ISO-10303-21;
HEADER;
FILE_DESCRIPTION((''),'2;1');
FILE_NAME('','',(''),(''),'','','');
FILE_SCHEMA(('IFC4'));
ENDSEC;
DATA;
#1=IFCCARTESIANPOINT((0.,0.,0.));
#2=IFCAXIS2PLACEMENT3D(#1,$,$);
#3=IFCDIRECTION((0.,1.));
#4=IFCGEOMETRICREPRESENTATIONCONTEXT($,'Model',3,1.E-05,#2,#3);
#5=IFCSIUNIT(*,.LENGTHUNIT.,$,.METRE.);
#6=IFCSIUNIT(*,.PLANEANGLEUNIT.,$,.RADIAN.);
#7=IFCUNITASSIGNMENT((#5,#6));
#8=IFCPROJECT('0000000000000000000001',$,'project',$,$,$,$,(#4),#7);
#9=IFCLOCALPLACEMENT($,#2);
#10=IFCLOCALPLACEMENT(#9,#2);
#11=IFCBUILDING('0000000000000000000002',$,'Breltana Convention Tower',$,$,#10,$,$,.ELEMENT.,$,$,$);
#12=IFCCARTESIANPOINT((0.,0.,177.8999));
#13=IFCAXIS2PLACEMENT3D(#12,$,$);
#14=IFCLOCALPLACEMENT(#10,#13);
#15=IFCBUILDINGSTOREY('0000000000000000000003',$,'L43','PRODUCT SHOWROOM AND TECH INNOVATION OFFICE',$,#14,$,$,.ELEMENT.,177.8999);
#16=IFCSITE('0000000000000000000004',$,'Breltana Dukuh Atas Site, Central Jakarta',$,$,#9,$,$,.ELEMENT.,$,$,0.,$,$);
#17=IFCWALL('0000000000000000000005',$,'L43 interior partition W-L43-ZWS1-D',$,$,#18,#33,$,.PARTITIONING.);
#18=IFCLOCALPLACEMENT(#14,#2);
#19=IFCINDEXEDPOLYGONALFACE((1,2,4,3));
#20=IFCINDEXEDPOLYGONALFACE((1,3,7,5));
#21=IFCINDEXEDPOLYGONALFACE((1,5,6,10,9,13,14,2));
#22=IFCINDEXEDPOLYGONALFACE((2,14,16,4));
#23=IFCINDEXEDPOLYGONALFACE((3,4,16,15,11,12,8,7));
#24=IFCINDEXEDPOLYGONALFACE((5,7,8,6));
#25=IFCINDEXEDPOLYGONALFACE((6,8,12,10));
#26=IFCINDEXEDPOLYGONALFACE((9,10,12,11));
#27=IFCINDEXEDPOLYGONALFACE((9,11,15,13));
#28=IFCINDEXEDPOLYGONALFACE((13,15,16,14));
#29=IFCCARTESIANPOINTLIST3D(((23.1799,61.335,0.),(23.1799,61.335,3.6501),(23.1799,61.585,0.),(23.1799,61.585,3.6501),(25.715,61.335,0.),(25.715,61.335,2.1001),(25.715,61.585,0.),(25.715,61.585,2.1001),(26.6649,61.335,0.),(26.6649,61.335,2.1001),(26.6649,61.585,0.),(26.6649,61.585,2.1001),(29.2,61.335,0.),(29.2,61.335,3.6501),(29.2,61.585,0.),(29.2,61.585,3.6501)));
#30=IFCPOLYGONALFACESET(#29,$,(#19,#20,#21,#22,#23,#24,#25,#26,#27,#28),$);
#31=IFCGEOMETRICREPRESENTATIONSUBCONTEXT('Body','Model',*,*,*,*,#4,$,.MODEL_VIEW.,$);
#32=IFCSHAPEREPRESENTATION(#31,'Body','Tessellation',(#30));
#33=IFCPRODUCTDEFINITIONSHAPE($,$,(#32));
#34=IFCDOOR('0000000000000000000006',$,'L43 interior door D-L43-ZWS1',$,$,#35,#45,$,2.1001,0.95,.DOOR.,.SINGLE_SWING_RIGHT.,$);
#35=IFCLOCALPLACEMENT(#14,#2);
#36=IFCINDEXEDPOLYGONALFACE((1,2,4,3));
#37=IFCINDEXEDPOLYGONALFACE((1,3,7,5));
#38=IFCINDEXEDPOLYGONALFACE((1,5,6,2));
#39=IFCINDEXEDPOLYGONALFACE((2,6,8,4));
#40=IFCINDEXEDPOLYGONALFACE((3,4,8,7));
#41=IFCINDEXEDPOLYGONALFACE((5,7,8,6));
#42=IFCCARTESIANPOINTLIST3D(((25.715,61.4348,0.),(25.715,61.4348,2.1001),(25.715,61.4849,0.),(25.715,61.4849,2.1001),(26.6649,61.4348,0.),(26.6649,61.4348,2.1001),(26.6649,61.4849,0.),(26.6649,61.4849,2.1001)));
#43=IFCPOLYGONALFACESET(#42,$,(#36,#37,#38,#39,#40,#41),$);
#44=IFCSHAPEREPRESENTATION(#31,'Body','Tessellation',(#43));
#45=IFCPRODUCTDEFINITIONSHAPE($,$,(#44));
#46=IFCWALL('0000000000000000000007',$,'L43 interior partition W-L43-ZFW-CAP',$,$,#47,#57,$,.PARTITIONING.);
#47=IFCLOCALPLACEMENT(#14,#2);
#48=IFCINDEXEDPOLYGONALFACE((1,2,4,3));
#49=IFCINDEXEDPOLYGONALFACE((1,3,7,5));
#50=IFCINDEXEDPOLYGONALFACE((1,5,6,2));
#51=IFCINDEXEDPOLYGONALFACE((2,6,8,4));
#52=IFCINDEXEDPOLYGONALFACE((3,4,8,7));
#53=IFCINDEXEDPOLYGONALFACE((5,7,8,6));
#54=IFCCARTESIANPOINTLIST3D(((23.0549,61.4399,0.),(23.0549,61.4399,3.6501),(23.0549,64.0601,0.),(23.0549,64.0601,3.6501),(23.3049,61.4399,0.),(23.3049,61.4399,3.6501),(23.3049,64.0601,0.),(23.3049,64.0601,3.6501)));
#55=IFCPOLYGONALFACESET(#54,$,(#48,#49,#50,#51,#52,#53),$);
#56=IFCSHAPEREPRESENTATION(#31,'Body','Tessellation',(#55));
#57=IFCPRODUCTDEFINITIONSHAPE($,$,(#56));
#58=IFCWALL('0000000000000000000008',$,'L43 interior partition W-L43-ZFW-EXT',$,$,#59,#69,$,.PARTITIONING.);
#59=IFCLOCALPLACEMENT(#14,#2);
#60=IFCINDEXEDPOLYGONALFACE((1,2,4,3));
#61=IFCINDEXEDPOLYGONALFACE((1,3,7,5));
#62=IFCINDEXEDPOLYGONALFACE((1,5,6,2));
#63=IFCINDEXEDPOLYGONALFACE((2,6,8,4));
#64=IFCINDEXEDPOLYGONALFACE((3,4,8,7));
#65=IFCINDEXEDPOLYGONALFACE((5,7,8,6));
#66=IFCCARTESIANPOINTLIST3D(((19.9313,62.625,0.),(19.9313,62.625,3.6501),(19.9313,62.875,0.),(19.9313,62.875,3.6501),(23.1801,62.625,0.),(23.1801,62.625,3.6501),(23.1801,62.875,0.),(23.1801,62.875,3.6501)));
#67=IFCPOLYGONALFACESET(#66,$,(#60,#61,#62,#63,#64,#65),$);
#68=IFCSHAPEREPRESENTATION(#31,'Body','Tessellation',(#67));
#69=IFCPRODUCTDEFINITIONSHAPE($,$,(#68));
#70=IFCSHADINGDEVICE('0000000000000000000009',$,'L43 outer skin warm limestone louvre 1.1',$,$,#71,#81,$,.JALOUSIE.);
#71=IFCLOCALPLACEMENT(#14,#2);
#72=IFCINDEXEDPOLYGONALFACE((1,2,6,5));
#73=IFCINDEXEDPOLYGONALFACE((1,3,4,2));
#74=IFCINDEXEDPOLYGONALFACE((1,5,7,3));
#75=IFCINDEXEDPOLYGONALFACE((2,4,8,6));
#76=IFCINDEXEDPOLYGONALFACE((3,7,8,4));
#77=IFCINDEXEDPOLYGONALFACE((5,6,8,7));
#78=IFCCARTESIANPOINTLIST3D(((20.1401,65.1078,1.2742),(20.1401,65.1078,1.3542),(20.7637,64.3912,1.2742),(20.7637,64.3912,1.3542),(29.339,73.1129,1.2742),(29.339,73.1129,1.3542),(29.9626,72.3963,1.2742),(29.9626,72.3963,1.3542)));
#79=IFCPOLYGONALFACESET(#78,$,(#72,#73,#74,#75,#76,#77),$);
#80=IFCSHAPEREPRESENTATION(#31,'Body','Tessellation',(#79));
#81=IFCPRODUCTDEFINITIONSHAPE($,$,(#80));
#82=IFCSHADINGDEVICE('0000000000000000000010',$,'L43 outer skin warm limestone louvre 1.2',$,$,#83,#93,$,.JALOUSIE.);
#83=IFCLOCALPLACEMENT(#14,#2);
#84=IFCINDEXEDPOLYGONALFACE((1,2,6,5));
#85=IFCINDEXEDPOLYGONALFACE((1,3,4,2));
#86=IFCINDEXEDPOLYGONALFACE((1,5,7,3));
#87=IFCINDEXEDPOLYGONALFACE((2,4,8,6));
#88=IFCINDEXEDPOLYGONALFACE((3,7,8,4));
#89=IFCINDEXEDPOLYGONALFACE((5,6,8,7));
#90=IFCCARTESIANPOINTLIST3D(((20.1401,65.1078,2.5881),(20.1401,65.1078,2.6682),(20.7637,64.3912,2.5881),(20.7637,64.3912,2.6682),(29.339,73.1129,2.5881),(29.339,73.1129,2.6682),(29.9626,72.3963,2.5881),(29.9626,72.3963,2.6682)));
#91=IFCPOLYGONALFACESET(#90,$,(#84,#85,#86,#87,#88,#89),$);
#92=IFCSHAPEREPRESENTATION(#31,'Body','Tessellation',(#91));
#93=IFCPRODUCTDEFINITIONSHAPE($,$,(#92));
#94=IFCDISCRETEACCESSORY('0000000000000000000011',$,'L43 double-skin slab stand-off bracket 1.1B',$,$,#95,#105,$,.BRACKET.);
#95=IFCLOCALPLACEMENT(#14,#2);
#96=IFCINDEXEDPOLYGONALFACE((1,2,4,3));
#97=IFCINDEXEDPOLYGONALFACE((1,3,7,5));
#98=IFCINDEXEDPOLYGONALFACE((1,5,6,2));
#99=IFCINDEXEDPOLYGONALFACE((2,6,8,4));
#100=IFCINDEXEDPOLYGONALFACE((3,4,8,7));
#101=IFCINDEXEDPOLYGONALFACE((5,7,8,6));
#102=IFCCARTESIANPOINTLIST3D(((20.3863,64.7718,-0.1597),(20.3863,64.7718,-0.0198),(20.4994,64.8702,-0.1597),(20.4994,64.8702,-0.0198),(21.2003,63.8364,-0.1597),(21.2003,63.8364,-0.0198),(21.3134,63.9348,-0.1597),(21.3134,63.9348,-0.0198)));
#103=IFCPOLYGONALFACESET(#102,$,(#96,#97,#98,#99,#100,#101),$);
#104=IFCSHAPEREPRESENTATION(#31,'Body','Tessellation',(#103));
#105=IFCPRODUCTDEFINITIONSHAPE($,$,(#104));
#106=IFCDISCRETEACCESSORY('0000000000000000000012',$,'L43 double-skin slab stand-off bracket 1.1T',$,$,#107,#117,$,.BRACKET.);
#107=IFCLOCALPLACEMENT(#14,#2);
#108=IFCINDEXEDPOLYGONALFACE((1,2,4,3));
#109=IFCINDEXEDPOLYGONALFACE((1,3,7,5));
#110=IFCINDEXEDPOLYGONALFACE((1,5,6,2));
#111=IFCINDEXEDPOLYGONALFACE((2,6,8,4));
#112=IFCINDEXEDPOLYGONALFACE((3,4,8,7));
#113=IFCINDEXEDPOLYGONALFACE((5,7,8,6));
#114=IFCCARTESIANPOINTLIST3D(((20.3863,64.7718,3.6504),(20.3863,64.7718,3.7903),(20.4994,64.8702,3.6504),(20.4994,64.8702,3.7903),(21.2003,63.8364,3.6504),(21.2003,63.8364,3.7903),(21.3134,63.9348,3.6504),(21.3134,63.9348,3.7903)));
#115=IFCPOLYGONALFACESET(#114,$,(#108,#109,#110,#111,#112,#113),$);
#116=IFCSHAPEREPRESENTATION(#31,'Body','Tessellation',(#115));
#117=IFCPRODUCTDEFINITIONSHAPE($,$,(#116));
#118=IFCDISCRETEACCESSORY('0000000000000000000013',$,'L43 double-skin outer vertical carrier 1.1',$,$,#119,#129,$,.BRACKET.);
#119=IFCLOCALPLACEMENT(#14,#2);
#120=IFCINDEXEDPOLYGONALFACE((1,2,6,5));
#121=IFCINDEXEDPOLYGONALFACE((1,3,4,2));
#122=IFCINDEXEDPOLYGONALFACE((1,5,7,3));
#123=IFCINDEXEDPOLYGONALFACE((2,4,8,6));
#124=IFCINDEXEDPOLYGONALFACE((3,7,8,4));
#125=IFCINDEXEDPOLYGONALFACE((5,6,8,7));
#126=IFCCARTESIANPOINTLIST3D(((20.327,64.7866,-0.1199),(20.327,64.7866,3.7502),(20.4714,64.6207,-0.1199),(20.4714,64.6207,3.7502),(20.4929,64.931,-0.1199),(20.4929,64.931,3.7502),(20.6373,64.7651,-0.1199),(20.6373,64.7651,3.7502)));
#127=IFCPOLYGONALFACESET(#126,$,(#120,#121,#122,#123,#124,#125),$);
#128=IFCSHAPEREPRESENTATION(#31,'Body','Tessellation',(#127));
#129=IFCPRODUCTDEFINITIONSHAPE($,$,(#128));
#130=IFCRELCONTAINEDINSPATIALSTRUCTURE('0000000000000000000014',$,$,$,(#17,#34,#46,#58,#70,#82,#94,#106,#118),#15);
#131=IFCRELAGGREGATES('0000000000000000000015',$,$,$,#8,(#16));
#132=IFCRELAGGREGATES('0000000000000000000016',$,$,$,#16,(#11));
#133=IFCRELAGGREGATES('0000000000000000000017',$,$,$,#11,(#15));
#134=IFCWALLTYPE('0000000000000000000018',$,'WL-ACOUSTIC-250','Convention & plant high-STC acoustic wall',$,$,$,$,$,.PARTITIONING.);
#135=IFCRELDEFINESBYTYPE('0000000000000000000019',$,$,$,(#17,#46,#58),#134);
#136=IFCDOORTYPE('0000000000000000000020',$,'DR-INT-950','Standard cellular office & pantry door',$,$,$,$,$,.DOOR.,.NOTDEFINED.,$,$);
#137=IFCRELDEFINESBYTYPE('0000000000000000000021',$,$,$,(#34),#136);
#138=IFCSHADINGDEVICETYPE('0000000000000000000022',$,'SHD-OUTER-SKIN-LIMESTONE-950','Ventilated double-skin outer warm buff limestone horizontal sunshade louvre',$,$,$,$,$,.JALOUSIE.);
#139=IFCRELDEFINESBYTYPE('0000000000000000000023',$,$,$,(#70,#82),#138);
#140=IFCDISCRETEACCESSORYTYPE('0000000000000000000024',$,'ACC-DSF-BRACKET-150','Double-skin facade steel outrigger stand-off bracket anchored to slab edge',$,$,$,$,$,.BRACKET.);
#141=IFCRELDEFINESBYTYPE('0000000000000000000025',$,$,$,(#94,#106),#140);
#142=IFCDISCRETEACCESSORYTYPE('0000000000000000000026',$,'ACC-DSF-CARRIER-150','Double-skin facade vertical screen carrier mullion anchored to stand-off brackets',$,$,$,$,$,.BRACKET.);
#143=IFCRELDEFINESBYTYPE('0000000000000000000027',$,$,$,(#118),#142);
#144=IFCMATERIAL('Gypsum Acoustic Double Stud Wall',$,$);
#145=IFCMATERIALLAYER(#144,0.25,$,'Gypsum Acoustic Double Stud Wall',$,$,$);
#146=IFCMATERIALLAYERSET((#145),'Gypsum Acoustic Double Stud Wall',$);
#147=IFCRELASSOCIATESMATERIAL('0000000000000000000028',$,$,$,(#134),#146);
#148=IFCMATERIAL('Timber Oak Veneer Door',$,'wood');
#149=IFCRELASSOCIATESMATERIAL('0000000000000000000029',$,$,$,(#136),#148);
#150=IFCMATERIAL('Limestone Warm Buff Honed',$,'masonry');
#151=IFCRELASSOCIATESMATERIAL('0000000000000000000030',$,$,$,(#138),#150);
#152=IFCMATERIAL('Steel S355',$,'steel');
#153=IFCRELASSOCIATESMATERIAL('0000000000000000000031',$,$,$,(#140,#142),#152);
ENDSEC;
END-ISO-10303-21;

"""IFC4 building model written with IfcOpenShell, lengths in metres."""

from ifc_helpers import new_model, si_unit, direction, frame, frame_2d, origin, origin_2d, place, context, subcontext, project, spatial, rectangle, extrude, source, transform, mapped, material, layer, layer_set, material_profile, profile_set, type_object, type_shapes, element, fill, save


model = new_model("IFC4")

# Units and contexts
model_context = context("Model", 3, precision=1e-05, world=origin(), true_north=direction((0.0, 1.0)))
body_context = subcontext(model_context, "Body", "Model", "MODEL_VIEW")
ifc_project = project(units=[si_unit("LENGTHUNIT", "METRE"), si_unit("PLANEANGLEUNIT", "RADIAN")], contexts=[model_context])

# Site, building, storey
site_placement = place(None, origin())
site = spatial("IfcSite", under=ifc_project, at=site_placement, Name="Breltana Dukuh Atas Site, Central Jakarta", CompositionType="ELEMENT", RefElevation=0.0)
building_placement = place(site_placement, origin())
building = spatial("IfcBuilding", under=site, at=building_placement, Name="Breltana Convention Tower", CompositionType="ELEMENT")
storey_placement = place(building_placement, frame((0.0, 0.0, 177.8999)))
storey = spatial("IfcBuildingStorey", under=building, at=storey_placement, Name="L43", Description="PRODUCT SHOWROOM AND TECH INNOVATION OFFICE", CompositionType="ELEMENT", Elevation=177.8999)

# Wall, opening, door
ifc_material_1 = material(Name="Gypsum Acoustic Double Stud Wall")
ifc_layer_1 = layer(ifc_material_1, 0.25, Name="Gypsum Acoustic Double Stud Wall")
ifc_layer_set_1 = layer_set([ifc_layer_1], Name="Gypsum Acoustic Double Stud Wall")
wall_type_1 = type_object("IfcWallType", Name="WL-ACOUSTIC-250", Description="Convention & plant high-STC acoustic wall", PredefinedType="PARTITIONING", material=ifc_layer_set_1)
shared_shape_1 = source(origin(), body_context, "Body", "SweptSolid", [
    extrude(rectangle(XDim=6.02, YDim=0.25, at=frame_2d((3.01, 0.0))), origin(), (0.0, 0.0, 1.0), 3.6501),
])
ifc_material_2 = material(Name="Timber Oak Veneer Door", Category="wood")
door_type = type_object("IfcDoorType", Name="DR-INT-950", Description="Standard cellular office & pantry door", OperationType="NOTDEFINED", PredefinedType="DOOR", material=ifc_material_2)
shared_shape_2 = source(origin(), body_context, "Body", "SweptSolid", [
    extrude(rectangle(XDim=0.95, YDim=2.1001, at=frame_2d((0.4751, 1.05))), frame((0.0, 0.0249, 0.0), z_axis=(0.0, -1.0, 0.0), x_axis=(1.0, 0.0, 0.0)), (0.0, 0.0, 1.0), 0.05),
])
type_shapes(door_type, [shared_shape_2])
wall_1_placement = place(storey_placement, frame((23.1799, 61.46, 0.0), z_axis=(0.0, 0.0, 1.0), x_axis=(1.0, 0.0, 0.0)))
wall_1 = element("IfcWall", 1, at=wall_1_placement, inside=storey, type_object=wall_type_1, Name="L43 interior partition W-L43-ZWS1-D", PredefinedType="PARTITIONING", context=body_context, shape_type="MappedRepresentation", body=[
    mapped(shared_shape_1, transform((0.0, 0.0, 0.0), scale=1.0)),
])
opening_1_placement = place(wall_1_placement, frame((2.5349, 0.0, 0.0)))
opening_1 = element("IfcOpeningElement", 2, at=opening_1_placement, cuts=wall_1, PredefinedType="OPENING", context=body_context, shape_type="SweptSolid", body=[
    extrude(rectangle(XDim=0.95, YDim=2.1001, at=frame_2d((0.4751, 1.05))), frame((0.0, 0.135, 0.0), z_axis=(0.0, -1.0, 0.0), x_axis=(1.0, 0.0, 0.0)), (0.0, 0.0, 1.0), 0.27),
])
door_1_placement = place(opening_1_placement, origin())
door_1 = element("IfcDoor", 3, at=door_1_placement, inside=storey, type_object=door_type, Name="L43 interior door D-L43-ZWS1", OperationType="SINGLE_SWING_RIGHT", OverallHeight=2.1001, OverallWidth=0.95, PredefinedType="DOOR", context=body_context, shape_type="MappedRepresentation", body=[
    mapped(shared_shape_2, transform((0.0, 0.0, 0.0), scale=1.0)),
])
fill(opening_1, door_1)

# Walls
shared_shape_3 = source(origin(), body_context, "Body", "SweptSolid", [
    extrude(rectangle(XDim=2.6201, YDim=0.25, at=frame_2d((1.3101, 0.0))), origin(), (0.0, 0.0, 1.0), 3.6501),
])
wall_2_placement = place(storey_placement, frame((23.1799, 61.4399, 0.0), z_axis=(0.0, 0.0, 1.0), x_axis=(0.0, 1.0, 0.0)))
element("IfcWall", 4, at=wall_2_placement, inside=storey, type_object=wall_type_1, Name="L43 interior partition W-L43-ZFW-CAP", PredefinedType="PARTITIONING", context=body_context, shape_type="MappedRepresentation", body=[
    mapped(shared_shape_3, transform((0.0, 0.0, 0.0), scale=1.0)),
])
shared_shape_4 = source(origin(), body_context, "Body", "SweptSolid", [
    extrude(rectangle(XDim=3.2488, YDim=0.25, at=frame_2d((1.6245, 0.0))), origin(), (0.0, 0.0, 1.0), 3.6501),
])
wall_3_placement = place(storey_placement, frame((19.9312, 62.75, 0.0), z_axis=(0.0, 0.0, 1.0), x_axis=(1.0, 0.0, 0.0)))
element("IfcWall", 5, at=wall_3_placement, inside=storey, type_object=wall_type_1, Name="L43 interior partition W-L43-ZFW-EXT", PredefinedType="PARTITIONING", context=body_context, shape_type="MappedRepresentation", body=[
    mapped(shared_shape_4, transform((0.0, 0.0, 0.0), scale=1.0)),
])

# Shading devices
ifc_material_3 = material(Name="Limestone Warm Buff Honed", Category="masonry")
ifc_material_profile_1 = material_profile(ifc_material_3, rectangle(XDim=0.95, YDim=0.0801, at=origin_2d()), Name="STN-LVR-950X80")
ifc_profile_set_1 = profile_set([ifc_material_profile_1], Name="Limestone Warm Buff Honed")
shading_device_type = type_object("IfcShadingDeviceType", Name="SHD-OUTER-SKIN-LIMESTONE-950", Description="Ventilated double-skin outer warm buff limestone horizontal sunshade louvre", PredefinedType="JALOUSIE", material=ifc_profile_set_1)
shared_shape_5 = source(origin(), body_context, "Body", "SweptSolid", [
    extrude(rectangle(XDim=0.95, YDim=0.0801, at=origin_2d()), origin(), (0.0, 0.0, 1.0), 12.1943),
])
type_shapes(shading_device_type, [shared_shape_5])
for number, where, z_axis, x_axis, name in (
    (6, (20.4519, 64.7495, 1.3142), (0.754361, 0.65646, 0.0), (-0.65646, 0.754361, 0.0), "L43 outer skin warm limestone louvre 1.1"),
    (7, (20.4519, 64.7495, 2.6282), (0.754361, 0.65646, 0.0), (-0.65646, 0.754361, 0.0), "L43 outer skin warm limestone louvre 1.2"),
):
    element("IfcShadingDevice", number, at=place(storey_placement, frame(where, z_axis=z_axis, x_axis=x_axis)), inside=storey, type_object=shading_device_type, Name=name, PredefinedType="JALOUSIE", context=body_context, shape_type="MappedRepresentation", body=[
        mapped(shared_shape_5, transform((0.0, 0.0, 0.0), scale=1.0)),
    ])

# Discrete accessories
ifc_material_4 = material(Name="Steel S355", Category="steel")
discrete_accessory_type_1 = type_object("IfcDiscreteAccessoryType", Name="ACC-DSF-BRACKET-150", Description="Double-skin facade steel outrigger stand-off bracket anchored to slab edge", PredefinedType="BRACKET", material=ifc_material_4)
shared_shape_6 = source(origin(), body_context, "Body", "SweptSolid", [
    extrude(rectangle(XDim=1.24, YDim=0.1499, at=origin_2d()), origin(), (0.0, 0.0, 1.0), 0.1399),
])
type_shapes(discrete_accessory_type_1, [shared_shape_6])
for number, where, z_axis, x_axis, name in (
    (8, (20.8499, 64.3533, -0.1597), (0.0, 0.0, 1.0), (-0.656456, 0.754365, 0.0), "L43 double-skin slab stand-off bracket 1.1B"),
    (9, (20.8499, 64.3533, 3.6504), (0.0, 0.0, 1.0), (-0.656456, 0.754365, 0.0), "L43 double-skin slab stand-off bracket 1.1T"),
):
    element("IfcDiscreteAccessory", number, at=place(storey_placement, frame(where, z_axis=z_axis, x_axis=x_axis)), inside=storey, type_object=discrete_accessory_type_1, Name=name, PredefinedType="BRACKET", context=body_context, shape_type="MappedRepresentation", body=[
        mapped(shared_shape_6, transform((0.0, 0.0, 0.0), scale=1.0)),
    ])
discrete_accessory_type_2 = type_object("IfcDiscreteAccessoryType", Name="ACC-DSF-CARRIER-150", Description="Double-skin facade vertical screen carrier mullion anchored to stand-off brackets", PredefinedType="BRACKET", material=ifc_material_4)
shared_shape_7 = source(origin(), body_context, "Body", "SweptSolid", [
    extrude(rectangle(XDim=0.22, YDim=0.22, at=origin_2d()), origin(), (0.0, 0.0, 1.0), 3.8701),
])
discrete_accessory_placement = place(storey_placement, frame((20.4822, 64.7759, -0.1199), z_axis=(0.0, 0.0, 1.0), x_axis=(-0.656456, 0.754365, 0.0)))
element("IfcDiscreteAccessory", 10, at=discrete_accessory_placement, inside=storey, type_object=discrete_accessory_type_2, Name="L43 double-skin outer vertical carrier 1.1", PredefinedType="BRACKET", context=body_context, shape_type="MappedRepresentation", body=[
    mapped(shared_shape_7, transform((0.0, 0.0, 0.0), scale=1.0)),
])

save(model, "model.ifc")
